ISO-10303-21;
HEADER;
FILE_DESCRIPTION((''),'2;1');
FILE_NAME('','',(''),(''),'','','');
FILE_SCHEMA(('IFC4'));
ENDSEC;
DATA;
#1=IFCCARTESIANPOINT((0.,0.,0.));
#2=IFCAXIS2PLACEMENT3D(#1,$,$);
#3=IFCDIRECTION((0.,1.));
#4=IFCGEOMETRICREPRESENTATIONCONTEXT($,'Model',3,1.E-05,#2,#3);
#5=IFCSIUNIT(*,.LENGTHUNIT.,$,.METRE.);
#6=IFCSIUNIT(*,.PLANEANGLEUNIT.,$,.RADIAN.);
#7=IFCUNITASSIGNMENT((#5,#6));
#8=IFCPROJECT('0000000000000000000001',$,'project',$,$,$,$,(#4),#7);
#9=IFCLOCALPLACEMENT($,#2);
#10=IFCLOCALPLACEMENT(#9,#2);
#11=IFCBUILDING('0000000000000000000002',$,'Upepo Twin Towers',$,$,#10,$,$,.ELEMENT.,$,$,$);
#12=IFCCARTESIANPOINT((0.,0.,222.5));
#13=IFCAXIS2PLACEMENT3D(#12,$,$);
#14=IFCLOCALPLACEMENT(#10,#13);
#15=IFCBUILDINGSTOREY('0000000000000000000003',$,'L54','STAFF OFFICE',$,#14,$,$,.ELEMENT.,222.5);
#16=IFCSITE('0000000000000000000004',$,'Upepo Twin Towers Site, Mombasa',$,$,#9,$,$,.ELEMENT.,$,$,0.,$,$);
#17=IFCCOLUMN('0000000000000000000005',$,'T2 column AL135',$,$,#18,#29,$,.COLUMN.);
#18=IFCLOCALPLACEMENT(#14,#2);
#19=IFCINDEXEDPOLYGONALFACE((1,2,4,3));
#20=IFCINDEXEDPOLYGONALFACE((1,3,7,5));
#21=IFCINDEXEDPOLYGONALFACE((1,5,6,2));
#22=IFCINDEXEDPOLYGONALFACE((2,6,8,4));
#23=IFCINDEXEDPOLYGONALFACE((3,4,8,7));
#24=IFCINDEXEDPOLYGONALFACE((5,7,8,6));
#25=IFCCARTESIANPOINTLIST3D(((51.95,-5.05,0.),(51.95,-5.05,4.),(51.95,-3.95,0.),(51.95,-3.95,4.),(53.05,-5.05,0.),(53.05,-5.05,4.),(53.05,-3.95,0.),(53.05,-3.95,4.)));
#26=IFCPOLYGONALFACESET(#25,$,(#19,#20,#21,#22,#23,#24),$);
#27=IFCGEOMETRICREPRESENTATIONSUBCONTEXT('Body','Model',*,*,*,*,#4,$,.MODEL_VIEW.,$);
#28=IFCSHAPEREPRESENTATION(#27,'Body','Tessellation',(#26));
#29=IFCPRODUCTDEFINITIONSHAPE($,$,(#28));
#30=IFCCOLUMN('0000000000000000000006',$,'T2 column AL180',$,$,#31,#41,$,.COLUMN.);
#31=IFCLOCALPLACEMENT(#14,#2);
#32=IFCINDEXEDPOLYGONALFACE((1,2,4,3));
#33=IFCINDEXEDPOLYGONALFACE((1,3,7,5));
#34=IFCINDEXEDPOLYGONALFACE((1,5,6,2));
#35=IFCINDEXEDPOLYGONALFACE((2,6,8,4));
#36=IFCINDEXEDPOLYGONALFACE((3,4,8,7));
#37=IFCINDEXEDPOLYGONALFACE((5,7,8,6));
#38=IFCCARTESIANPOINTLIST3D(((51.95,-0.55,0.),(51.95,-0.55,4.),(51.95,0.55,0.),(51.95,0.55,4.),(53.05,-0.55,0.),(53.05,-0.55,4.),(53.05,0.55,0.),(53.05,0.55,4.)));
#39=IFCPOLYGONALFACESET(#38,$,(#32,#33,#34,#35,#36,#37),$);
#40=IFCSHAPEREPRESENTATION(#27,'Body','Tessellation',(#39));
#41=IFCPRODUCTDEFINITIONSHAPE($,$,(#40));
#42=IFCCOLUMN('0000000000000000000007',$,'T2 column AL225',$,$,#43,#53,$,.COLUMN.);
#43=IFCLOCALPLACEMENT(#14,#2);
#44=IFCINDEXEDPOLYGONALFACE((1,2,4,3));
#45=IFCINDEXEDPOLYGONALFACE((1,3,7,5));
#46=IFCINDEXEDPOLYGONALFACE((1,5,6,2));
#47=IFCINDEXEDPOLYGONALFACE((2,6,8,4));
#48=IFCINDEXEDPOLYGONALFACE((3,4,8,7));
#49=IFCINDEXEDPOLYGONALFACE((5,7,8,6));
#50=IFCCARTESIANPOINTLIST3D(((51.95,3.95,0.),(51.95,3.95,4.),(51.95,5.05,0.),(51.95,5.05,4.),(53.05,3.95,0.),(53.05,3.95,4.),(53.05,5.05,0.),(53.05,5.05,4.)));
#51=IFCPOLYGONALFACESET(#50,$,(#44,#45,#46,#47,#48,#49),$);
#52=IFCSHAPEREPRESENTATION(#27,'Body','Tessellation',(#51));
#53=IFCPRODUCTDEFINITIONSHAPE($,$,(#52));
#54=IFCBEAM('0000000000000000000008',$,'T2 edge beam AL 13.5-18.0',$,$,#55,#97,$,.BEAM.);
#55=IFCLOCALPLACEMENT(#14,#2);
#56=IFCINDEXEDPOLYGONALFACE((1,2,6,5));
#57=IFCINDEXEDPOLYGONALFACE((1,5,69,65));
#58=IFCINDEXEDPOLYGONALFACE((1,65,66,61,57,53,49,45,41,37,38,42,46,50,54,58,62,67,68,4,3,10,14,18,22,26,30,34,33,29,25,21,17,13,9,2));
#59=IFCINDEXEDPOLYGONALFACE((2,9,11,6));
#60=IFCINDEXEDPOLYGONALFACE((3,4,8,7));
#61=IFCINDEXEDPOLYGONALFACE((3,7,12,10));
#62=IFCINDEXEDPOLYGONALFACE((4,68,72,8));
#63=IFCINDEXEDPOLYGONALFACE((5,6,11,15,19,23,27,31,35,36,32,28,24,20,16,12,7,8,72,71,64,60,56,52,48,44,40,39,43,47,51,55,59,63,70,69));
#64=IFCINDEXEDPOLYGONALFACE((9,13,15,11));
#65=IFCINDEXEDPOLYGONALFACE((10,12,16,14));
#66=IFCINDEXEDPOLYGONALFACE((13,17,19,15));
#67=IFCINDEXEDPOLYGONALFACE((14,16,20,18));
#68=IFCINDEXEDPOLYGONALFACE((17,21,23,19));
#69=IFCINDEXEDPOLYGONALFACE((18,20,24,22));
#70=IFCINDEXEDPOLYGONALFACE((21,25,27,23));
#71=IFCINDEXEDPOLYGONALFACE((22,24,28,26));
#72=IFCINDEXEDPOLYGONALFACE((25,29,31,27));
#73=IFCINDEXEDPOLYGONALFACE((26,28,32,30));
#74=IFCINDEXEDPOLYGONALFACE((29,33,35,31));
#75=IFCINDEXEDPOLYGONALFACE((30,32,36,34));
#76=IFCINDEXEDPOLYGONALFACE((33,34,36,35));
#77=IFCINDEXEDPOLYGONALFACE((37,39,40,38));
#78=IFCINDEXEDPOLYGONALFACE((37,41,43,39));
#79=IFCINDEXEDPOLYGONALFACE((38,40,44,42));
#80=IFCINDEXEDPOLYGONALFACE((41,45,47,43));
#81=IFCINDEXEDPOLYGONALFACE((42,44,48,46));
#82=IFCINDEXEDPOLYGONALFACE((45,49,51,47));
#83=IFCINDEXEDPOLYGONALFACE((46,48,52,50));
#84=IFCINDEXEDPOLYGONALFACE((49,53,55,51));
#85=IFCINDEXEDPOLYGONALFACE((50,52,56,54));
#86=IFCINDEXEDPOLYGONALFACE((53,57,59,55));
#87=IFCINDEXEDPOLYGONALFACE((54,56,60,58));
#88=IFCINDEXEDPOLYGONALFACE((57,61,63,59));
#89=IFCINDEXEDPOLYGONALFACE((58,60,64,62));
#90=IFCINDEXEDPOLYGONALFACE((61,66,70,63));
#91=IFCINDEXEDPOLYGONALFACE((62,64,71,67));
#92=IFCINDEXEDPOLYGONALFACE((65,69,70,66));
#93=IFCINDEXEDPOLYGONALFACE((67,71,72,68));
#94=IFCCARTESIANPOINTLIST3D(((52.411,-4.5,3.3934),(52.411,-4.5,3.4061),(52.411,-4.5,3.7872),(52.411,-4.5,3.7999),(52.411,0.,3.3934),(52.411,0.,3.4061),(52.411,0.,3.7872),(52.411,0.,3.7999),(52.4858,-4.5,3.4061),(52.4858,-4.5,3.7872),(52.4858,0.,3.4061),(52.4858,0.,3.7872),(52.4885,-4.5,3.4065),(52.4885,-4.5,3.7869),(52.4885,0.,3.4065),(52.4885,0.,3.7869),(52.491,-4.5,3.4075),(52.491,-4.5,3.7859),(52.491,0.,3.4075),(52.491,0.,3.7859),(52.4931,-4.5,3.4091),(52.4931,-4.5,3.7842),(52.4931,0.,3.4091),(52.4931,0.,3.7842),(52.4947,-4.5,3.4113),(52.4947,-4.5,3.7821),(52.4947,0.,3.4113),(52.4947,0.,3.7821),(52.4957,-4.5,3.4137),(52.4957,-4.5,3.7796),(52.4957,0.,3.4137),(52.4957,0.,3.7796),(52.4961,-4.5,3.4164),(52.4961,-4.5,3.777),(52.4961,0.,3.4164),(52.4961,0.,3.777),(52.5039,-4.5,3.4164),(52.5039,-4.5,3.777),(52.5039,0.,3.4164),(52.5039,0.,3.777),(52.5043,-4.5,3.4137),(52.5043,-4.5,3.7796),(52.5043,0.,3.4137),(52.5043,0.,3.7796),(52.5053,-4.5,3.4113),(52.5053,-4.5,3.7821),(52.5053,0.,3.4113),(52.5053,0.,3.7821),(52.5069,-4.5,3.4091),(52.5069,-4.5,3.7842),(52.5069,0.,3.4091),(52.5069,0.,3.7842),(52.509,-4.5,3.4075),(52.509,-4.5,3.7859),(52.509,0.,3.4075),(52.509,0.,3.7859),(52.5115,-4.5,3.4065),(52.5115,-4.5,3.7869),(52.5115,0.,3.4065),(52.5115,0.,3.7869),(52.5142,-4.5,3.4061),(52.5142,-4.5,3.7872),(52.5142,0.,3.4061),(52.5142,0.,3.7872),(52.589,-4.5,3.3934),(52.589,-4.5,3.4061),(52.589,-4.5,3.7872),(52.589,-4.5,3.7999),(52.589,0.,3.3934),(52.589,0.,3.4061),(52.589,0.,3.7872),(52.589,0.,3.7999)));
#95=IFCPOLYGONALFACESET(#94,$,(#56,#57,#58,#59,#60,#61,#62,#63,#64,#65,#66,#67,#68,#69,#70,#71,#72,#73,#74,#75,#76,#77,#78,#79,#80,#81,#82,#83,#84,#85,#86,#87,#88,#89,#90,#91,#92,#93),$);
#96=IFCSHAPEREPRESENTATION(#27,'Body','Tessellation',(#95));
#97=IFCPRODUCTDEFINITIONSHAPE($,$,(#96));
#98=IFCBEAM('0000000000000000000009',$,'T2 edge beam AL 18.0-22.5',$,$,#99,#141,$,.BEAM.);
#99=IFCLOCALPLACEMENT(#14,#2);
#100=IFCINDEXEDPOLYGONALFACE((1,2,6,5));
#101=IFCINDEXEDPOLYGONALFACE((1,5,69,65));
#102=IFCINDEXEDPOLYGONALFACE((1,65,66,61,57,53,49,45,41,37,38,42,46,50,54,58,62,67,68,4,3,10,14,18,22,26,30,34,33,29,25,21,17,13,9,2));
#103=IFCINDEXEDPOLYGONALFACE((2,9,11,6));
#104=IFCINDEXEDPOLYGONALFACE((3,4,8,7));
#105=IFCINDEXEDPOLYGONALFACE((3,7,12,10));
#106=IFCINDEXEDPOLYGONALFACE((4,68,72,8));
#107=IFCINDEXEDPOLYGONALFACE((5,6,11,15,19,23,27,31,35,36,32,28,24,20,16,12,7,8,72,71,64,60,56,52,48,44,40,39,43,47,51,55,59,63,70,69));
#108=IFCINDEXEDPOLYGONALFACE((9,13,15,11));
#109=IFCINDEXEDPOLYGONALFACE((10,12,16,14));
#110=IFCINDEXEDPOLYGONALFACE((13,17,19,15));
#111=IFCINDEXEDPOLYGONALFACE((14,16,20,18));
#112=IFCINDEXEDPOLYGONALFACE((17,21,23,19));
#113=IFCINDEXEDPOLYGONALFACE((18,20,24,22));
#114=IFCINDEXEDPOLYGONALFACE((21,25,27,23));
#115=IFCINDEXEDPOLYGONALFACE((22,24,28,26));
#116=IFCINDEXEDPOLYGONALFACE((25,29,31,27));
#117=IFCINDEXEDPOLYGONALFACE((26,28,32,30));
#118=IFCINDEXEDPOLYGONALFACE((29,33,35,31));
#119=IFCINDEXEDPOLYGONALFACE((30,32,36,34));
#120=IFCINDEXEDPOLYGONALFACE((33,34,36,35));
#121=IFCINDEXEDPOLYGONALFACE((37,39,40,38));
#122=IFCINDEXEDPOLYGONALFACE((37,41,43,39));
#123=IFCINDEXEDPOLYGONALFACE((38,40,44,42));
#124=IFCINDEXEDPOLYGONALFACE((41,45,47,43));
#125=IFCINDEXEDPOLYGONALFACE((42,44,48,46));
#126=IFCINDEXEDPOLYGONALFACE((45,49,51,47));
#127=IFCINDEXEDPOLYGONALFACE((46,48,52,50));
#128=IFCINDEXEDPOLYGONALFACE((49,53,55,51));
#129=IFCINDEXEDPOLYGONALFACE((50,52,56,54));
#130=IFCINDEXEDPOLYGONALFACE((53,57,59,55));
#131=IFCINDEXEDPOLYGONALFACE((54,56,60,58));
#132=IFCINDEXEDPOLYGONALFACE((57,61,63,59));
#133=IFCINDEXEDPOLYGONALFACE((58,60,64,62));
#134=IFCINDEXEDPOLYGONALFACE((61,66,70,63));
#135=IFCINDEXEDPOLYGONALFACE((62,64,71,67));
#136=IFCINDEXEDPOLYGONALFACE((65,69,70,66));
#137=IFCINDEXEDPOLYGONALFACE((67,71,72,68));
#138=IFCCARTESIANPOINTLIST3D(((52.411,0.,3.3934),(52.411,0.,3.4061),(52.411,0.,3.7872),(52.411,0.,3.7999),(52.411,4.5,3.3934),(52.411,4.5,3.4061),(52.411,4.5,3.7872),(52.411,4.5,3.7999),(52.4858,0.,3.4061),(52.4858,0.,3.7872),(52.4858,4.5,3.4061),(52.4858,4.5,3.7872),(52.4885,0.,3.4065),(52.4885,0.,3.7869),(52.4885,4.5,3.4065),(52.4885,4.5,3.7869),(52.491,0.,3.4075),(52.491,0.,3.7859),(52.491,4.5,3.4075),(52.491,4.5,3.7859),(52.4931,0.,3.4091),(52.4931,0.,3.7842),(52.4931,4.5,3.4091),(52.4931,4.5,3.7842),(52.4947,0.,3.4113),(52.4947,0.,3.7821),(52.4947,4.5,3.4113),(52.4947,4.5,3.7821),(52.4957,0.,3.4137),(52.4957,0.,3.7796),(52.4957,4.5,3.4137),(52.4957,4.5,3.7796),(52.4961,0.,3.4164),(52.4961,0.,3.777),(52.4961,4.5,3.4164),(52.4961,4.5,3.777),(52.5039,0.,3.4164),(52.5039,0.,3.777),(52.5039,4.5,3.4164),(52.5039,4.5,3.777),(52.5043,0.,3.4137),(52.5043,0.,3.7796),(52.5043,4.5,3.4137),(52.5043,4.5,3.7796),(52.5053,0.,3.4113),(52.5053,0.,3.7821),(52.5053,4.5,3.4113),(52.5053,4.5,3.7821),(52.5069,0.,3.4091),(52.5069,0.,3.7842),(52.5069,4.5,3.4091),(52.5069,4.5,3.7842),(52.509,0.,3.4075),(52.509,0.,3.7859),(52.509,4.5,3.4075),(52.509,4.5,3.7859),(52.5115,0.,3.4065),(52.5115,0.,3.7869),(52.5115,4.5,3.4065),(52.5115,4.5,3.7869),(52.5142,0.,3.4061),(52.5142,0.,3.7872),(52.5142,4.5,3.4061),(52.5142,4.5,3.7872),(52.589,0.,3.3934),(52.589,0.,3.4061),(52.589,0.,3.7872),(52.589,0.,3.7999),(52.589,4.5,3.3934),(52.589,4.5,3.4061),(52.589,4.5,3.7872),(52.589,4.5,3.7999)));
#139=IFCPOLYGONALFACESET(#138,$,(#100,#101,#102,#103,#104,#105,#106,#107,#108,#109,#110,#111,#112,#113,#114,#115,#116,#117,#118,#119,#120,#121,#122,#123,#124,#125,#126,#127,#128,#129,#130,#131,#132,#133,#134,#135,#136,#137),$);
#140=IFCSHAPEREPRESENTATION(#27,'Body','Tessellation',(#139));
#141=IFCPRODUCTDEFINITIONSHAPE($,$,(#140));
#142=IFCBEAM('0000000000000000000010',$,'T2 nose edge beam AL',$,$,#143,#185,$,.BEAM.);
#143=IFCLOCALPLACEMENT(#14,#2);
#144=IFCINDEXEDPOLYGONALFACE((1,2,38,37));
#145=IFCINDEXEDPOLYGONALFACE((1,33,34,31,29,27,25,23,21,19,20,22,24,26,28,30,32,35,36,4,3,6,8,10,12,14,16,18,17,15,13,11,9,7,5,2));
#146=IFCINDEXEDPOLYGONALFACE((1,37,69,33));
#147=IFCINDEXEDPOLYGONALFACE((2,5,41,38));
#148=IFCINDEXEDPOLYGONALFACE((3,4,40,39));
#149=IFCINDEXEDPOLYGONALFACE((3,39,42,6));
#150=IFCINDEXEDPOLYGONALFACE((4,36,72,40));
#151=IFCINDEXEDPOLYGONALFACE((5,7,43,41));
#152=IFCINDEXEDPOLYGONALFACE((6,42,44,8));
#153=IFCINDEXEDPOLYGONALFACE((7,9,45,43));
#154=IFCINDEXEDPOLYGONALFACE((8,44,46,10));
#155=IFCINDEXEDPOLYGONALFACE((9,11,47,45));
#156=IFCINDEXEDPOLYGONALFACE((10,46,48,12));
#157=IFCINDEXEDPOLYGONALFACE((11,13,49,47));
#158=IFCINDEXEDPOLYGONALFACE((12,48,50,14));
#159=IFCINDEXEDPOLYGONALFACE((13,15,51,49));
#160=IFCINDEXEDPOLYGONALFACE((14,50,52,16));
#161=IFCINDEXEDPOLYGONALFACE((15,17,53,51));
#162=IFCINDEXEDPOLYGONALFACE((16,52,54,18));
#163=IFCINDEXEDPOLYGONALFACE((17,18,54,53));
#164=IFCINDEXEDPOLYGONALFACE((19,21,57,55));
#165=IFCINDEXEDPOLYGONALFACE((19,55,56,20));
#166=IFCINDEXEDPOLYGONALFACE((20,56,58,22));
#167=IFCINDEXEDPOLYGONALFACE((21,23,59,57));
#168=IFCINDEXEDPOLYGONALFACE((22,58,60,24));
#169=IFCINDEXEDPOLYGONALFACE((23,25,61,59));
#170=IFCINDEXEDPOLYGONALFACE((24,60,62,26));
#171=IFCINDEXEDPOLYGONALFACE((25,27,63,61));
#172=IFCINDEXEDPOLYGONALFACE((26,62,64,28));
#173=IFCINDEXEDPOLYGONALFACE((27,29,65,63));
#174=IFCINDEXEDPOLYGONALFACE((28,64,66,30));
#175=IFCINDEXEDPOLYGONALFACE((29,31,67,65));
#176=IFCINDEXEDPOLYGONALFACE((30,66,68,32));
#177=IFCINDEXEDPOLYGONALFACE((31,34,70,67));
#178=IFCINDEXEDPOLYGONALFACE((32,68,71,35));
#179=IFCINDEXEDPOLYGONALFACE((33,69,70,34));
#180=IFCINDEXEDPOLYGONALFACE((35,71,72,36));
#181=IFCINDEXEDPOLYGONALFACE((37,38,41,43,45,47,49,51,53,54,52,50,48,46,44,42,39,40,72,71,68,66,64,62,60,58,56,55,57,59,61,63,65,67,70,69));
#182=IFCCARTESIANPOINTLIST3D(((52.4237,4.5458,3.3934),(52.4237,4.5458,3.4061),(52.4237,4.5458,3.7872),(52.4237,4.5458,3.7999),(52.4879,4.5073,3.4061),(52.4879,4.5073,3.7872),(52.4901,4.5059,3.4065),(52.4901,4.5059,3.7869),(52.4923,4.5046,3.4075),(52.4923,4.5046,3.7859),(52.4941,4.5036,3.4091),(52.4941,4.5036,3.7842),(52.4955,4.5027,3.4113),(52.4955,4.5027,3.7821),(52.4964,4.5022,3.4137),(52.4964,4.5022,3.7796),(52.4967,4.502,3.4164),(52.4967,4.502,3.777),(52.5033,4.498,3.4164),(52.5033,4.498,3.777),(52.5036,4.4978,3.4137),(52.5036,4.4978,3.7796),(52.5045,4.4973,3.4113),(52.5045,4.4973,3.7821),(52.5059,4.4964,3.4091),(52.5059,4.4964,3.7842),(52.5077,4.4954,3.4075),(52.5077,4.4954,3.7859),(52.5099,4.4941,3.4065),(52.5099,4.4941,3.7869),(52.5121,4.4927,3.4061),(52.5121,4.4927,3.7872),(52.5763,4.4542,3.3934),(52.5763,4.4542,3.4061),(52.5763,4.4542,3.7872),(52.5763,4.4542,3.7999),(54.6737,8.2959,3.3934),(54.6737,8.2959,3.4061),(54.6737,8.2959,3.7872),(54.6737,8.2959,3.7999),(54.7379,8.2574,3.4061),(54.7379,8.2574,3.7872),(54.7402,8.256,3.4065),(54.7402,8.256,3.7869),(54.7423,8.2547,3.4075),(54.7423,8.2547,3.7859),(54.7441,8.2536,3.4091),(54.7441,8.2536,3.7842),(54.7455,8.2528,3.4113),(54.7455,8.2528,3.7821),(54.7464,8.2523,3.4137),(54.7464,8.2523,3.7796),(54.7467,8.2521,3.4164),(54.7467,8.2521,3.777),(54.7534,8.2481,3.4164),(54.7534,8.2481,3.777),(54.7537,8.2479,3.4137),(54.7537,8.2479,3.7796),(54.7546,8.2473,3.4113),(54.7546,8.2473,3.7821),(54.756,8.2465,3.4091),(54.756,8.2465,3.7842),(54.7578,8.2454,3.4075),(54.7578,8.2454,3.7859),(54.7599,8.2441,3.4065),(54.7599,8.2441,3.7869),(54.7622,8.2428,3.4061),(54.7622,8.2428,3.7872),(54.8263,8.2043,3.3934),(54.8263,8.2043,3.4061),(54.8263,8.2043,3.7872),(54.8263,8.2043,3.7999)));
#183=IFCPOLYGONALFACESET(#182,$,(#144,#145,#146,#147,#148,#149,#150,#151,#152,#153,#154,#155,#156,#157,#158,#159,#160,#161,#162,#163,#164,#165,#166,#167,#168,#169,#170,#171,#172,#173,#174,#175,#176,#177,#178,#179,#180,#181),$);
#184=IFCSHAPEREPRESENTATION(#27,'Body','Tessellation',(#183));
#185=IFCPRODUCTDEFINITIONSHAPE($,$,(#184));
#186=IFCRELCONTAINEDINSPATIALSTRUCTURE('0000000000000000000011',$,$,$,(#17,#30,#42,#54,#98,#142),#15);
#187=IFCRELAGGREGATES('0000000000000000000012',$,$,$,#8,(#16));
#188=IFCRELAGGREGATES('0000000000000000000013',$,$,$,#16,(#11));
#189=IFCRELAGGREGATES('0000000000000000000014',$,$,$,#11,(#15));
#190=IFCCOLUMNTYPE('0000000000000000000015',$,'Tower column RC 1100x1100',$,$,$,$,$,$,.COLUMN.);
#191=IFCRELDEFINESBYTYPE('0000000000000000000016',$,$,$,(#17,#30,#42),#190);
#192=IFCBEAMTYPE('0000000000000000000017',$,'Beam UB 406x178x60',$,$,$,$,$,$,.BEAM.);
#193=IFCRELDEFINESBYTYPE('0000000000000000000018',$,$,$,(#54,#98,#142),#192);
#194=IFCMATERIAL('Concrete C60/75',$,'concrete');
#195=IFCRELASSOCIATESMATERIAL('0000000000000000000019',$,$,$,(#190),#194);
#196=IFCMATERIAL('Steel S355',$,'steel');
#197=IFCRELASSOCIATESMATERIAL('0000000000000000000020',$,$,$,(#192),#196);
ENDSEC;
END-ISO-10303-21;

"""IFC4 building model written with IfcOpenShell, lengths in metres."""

from ifc_helpers import new_model, si_unit, direction, frame, origin, origin_2d, place, context, subcontext, project, spatial, rectangle, i_section, extrude, material, material_profile, profile_set, type_object, element, save


model = new_model("IFC4")

# Units and contexts
model_context = context("Model", 3, precision=1e-05, world=origin(), true_north=direction((0.0, 1.0)))
body_context = subcontext(model_context, "Body", "Model", "MODEL_VIEW")
ifc_project = project(units=[si_unit("LENGTHUNIT", "METRE"), si_unit("PLANEANGLEUNIT", "RADIAN")], contexts=[model_context])

# Site, building, storey
site_placement = place(None, origin())
site = spatial("IfcSite", under=ifc_project, at=site_placement, Name="Upepo Twin Towers Site, Mombasa", CompositionType="ELEMENT", RefElevation=0.0)
building_placement = place(site_placement, origin())
building = spatial("IfcBuilding", under=site, at=building_placement, Name="Upepo Twin Towers", CompositionType="ELEMENT")
storey_placement = place(building_placement, frame((0.0, 0.0, 222.5)))
storey = spatial("IfcBuildingStorey", under=building, at=storey_placement, Name="L54", Description="STAFF OFFICE", CompositionType="ELEMENT", Elevation=222.5)

# Columns
ifc_material_1 = material(Name="Concrete C60/75", Category="concrete")
ifc_material_profile_1 = material_profile(ifc_material_1, rectangle(XDim=1.1001, YDim=1.1001, at=origin_2d()), Name="RC 1100x1100")
ifc_profile_set_1 = profile_set([ifc_material_profile_1], Name="Concrete C60/75")
column_type = type_object("IfcColumnType", Name="Tower column RC 1100x1100", PredefinedType="COLUMN", material=ifc_profile_set_1)
for number, where, z_axis, x_axis, name in (
    (1, (52.5, -4.5, 0.0), (0.0, 0.0, 1.0), (1.0, 0.0, 0.0), "T2 column AL135"),
    (2, (52.5, 0.0, 0.0), (0.0, 0.0, 1.0), (1.0, 0.0, 0.0), "T2 column AL180"),
    (3, (52.5, 4.5, 0.0), (0.0, 0.0, 1.0), (1.0, 0.0, 0.0), "T2 column AL225"),
):
    element("IfcColumn", number, at=place(storey_placement, frame(where, z_axis=z_axis, x_axis=x_axis)), inside=storey, type_object=column_type, Name=name, PredefinedType="COLUMN", context=body_context, shape_type="SweptSolid", body=[
        extrude(rectangle(XDim=1.1001, YDim=1.1001, at=origin_2d()), origin(), (0.0, 0.0, 1.0), 4.0),
    ])

# Beams
ifc_material_2 = material(Name="Steel S355", Category="steel")
ifc_material_profile_2 = material_profile(ifc_material_2, i_section(OverallWidth=0.178, OverallDepth=0.4065, WebThickness=0.0078, FlangeThickness=0.0127, FilletRadius=0.0103, at=origin_2d()), Name="UB 406x178x60")
ifc_profile_set_2 = profile_set([ifc_material_profile_2], Name="Steel S355")
beam_type_1 = type_object("IfcBeamType", Name="Beam UB 406x178x60", PredefinedType="BEAM", material=ifc_profile_set_2)
for number, where, z_axis, x_axis, name in (
    (4, (52.5, -4.5, 3.5967), (0.0, 1.0, 0.0), (-1.0, 0.0, 0.0), "T2 edge beam AL 13.5-18.0"),
    (5, (52.5, 0.0, 3.5967), (0.0, 1.0, 0.0), (-1.0, 0.0, 0.0), "T2 edge beam AL 18.0-22.5"),
):
    element("IfcBeam", number, at=place(storey_placement, frame(where, z_axis=z_axis, x_axis=x_axis)), inside=storey, type_object=beam_type_1, Name=name, PredefinedType="BEAM", context=body_context, shape_type="SweptSolid", body=[
        extrude(i_section(OverallWidth=0.178, OverallDepth=0.4065, WebThickness=0.0078, FlangeThickness=0.0127, FilletRadius=0.0103, at=origin_2d()), origin(), (0.0, 0.0, 1.0), 4.5),
    ])
beam_placement = place(storey_placement, frame((52.5, 4.5, 3.5967), z_axis=(0.514496, 0.857493, 0.0), x_axis=(-0.857493, 0.514496, 0.0)))
element("IfcBeam", 6, at=beam_placement, inside=storey, type_object=beam_type_1, Name="T2 nose edge beam AL", PredefinedType="BEAM", context=body_context, shape_type="SweptSolid", body=[
    extrude(i_section(OverallWidth=0.178, OverallDepth=0.4065, WebThickness=0.0078, FlangeThickness=0.0127, FilletRadius=0.0103, at=origin_2d()), origin(), (0.0, 0.0, 1.0), 4.3733),
])

save(model, "model.ifc")
